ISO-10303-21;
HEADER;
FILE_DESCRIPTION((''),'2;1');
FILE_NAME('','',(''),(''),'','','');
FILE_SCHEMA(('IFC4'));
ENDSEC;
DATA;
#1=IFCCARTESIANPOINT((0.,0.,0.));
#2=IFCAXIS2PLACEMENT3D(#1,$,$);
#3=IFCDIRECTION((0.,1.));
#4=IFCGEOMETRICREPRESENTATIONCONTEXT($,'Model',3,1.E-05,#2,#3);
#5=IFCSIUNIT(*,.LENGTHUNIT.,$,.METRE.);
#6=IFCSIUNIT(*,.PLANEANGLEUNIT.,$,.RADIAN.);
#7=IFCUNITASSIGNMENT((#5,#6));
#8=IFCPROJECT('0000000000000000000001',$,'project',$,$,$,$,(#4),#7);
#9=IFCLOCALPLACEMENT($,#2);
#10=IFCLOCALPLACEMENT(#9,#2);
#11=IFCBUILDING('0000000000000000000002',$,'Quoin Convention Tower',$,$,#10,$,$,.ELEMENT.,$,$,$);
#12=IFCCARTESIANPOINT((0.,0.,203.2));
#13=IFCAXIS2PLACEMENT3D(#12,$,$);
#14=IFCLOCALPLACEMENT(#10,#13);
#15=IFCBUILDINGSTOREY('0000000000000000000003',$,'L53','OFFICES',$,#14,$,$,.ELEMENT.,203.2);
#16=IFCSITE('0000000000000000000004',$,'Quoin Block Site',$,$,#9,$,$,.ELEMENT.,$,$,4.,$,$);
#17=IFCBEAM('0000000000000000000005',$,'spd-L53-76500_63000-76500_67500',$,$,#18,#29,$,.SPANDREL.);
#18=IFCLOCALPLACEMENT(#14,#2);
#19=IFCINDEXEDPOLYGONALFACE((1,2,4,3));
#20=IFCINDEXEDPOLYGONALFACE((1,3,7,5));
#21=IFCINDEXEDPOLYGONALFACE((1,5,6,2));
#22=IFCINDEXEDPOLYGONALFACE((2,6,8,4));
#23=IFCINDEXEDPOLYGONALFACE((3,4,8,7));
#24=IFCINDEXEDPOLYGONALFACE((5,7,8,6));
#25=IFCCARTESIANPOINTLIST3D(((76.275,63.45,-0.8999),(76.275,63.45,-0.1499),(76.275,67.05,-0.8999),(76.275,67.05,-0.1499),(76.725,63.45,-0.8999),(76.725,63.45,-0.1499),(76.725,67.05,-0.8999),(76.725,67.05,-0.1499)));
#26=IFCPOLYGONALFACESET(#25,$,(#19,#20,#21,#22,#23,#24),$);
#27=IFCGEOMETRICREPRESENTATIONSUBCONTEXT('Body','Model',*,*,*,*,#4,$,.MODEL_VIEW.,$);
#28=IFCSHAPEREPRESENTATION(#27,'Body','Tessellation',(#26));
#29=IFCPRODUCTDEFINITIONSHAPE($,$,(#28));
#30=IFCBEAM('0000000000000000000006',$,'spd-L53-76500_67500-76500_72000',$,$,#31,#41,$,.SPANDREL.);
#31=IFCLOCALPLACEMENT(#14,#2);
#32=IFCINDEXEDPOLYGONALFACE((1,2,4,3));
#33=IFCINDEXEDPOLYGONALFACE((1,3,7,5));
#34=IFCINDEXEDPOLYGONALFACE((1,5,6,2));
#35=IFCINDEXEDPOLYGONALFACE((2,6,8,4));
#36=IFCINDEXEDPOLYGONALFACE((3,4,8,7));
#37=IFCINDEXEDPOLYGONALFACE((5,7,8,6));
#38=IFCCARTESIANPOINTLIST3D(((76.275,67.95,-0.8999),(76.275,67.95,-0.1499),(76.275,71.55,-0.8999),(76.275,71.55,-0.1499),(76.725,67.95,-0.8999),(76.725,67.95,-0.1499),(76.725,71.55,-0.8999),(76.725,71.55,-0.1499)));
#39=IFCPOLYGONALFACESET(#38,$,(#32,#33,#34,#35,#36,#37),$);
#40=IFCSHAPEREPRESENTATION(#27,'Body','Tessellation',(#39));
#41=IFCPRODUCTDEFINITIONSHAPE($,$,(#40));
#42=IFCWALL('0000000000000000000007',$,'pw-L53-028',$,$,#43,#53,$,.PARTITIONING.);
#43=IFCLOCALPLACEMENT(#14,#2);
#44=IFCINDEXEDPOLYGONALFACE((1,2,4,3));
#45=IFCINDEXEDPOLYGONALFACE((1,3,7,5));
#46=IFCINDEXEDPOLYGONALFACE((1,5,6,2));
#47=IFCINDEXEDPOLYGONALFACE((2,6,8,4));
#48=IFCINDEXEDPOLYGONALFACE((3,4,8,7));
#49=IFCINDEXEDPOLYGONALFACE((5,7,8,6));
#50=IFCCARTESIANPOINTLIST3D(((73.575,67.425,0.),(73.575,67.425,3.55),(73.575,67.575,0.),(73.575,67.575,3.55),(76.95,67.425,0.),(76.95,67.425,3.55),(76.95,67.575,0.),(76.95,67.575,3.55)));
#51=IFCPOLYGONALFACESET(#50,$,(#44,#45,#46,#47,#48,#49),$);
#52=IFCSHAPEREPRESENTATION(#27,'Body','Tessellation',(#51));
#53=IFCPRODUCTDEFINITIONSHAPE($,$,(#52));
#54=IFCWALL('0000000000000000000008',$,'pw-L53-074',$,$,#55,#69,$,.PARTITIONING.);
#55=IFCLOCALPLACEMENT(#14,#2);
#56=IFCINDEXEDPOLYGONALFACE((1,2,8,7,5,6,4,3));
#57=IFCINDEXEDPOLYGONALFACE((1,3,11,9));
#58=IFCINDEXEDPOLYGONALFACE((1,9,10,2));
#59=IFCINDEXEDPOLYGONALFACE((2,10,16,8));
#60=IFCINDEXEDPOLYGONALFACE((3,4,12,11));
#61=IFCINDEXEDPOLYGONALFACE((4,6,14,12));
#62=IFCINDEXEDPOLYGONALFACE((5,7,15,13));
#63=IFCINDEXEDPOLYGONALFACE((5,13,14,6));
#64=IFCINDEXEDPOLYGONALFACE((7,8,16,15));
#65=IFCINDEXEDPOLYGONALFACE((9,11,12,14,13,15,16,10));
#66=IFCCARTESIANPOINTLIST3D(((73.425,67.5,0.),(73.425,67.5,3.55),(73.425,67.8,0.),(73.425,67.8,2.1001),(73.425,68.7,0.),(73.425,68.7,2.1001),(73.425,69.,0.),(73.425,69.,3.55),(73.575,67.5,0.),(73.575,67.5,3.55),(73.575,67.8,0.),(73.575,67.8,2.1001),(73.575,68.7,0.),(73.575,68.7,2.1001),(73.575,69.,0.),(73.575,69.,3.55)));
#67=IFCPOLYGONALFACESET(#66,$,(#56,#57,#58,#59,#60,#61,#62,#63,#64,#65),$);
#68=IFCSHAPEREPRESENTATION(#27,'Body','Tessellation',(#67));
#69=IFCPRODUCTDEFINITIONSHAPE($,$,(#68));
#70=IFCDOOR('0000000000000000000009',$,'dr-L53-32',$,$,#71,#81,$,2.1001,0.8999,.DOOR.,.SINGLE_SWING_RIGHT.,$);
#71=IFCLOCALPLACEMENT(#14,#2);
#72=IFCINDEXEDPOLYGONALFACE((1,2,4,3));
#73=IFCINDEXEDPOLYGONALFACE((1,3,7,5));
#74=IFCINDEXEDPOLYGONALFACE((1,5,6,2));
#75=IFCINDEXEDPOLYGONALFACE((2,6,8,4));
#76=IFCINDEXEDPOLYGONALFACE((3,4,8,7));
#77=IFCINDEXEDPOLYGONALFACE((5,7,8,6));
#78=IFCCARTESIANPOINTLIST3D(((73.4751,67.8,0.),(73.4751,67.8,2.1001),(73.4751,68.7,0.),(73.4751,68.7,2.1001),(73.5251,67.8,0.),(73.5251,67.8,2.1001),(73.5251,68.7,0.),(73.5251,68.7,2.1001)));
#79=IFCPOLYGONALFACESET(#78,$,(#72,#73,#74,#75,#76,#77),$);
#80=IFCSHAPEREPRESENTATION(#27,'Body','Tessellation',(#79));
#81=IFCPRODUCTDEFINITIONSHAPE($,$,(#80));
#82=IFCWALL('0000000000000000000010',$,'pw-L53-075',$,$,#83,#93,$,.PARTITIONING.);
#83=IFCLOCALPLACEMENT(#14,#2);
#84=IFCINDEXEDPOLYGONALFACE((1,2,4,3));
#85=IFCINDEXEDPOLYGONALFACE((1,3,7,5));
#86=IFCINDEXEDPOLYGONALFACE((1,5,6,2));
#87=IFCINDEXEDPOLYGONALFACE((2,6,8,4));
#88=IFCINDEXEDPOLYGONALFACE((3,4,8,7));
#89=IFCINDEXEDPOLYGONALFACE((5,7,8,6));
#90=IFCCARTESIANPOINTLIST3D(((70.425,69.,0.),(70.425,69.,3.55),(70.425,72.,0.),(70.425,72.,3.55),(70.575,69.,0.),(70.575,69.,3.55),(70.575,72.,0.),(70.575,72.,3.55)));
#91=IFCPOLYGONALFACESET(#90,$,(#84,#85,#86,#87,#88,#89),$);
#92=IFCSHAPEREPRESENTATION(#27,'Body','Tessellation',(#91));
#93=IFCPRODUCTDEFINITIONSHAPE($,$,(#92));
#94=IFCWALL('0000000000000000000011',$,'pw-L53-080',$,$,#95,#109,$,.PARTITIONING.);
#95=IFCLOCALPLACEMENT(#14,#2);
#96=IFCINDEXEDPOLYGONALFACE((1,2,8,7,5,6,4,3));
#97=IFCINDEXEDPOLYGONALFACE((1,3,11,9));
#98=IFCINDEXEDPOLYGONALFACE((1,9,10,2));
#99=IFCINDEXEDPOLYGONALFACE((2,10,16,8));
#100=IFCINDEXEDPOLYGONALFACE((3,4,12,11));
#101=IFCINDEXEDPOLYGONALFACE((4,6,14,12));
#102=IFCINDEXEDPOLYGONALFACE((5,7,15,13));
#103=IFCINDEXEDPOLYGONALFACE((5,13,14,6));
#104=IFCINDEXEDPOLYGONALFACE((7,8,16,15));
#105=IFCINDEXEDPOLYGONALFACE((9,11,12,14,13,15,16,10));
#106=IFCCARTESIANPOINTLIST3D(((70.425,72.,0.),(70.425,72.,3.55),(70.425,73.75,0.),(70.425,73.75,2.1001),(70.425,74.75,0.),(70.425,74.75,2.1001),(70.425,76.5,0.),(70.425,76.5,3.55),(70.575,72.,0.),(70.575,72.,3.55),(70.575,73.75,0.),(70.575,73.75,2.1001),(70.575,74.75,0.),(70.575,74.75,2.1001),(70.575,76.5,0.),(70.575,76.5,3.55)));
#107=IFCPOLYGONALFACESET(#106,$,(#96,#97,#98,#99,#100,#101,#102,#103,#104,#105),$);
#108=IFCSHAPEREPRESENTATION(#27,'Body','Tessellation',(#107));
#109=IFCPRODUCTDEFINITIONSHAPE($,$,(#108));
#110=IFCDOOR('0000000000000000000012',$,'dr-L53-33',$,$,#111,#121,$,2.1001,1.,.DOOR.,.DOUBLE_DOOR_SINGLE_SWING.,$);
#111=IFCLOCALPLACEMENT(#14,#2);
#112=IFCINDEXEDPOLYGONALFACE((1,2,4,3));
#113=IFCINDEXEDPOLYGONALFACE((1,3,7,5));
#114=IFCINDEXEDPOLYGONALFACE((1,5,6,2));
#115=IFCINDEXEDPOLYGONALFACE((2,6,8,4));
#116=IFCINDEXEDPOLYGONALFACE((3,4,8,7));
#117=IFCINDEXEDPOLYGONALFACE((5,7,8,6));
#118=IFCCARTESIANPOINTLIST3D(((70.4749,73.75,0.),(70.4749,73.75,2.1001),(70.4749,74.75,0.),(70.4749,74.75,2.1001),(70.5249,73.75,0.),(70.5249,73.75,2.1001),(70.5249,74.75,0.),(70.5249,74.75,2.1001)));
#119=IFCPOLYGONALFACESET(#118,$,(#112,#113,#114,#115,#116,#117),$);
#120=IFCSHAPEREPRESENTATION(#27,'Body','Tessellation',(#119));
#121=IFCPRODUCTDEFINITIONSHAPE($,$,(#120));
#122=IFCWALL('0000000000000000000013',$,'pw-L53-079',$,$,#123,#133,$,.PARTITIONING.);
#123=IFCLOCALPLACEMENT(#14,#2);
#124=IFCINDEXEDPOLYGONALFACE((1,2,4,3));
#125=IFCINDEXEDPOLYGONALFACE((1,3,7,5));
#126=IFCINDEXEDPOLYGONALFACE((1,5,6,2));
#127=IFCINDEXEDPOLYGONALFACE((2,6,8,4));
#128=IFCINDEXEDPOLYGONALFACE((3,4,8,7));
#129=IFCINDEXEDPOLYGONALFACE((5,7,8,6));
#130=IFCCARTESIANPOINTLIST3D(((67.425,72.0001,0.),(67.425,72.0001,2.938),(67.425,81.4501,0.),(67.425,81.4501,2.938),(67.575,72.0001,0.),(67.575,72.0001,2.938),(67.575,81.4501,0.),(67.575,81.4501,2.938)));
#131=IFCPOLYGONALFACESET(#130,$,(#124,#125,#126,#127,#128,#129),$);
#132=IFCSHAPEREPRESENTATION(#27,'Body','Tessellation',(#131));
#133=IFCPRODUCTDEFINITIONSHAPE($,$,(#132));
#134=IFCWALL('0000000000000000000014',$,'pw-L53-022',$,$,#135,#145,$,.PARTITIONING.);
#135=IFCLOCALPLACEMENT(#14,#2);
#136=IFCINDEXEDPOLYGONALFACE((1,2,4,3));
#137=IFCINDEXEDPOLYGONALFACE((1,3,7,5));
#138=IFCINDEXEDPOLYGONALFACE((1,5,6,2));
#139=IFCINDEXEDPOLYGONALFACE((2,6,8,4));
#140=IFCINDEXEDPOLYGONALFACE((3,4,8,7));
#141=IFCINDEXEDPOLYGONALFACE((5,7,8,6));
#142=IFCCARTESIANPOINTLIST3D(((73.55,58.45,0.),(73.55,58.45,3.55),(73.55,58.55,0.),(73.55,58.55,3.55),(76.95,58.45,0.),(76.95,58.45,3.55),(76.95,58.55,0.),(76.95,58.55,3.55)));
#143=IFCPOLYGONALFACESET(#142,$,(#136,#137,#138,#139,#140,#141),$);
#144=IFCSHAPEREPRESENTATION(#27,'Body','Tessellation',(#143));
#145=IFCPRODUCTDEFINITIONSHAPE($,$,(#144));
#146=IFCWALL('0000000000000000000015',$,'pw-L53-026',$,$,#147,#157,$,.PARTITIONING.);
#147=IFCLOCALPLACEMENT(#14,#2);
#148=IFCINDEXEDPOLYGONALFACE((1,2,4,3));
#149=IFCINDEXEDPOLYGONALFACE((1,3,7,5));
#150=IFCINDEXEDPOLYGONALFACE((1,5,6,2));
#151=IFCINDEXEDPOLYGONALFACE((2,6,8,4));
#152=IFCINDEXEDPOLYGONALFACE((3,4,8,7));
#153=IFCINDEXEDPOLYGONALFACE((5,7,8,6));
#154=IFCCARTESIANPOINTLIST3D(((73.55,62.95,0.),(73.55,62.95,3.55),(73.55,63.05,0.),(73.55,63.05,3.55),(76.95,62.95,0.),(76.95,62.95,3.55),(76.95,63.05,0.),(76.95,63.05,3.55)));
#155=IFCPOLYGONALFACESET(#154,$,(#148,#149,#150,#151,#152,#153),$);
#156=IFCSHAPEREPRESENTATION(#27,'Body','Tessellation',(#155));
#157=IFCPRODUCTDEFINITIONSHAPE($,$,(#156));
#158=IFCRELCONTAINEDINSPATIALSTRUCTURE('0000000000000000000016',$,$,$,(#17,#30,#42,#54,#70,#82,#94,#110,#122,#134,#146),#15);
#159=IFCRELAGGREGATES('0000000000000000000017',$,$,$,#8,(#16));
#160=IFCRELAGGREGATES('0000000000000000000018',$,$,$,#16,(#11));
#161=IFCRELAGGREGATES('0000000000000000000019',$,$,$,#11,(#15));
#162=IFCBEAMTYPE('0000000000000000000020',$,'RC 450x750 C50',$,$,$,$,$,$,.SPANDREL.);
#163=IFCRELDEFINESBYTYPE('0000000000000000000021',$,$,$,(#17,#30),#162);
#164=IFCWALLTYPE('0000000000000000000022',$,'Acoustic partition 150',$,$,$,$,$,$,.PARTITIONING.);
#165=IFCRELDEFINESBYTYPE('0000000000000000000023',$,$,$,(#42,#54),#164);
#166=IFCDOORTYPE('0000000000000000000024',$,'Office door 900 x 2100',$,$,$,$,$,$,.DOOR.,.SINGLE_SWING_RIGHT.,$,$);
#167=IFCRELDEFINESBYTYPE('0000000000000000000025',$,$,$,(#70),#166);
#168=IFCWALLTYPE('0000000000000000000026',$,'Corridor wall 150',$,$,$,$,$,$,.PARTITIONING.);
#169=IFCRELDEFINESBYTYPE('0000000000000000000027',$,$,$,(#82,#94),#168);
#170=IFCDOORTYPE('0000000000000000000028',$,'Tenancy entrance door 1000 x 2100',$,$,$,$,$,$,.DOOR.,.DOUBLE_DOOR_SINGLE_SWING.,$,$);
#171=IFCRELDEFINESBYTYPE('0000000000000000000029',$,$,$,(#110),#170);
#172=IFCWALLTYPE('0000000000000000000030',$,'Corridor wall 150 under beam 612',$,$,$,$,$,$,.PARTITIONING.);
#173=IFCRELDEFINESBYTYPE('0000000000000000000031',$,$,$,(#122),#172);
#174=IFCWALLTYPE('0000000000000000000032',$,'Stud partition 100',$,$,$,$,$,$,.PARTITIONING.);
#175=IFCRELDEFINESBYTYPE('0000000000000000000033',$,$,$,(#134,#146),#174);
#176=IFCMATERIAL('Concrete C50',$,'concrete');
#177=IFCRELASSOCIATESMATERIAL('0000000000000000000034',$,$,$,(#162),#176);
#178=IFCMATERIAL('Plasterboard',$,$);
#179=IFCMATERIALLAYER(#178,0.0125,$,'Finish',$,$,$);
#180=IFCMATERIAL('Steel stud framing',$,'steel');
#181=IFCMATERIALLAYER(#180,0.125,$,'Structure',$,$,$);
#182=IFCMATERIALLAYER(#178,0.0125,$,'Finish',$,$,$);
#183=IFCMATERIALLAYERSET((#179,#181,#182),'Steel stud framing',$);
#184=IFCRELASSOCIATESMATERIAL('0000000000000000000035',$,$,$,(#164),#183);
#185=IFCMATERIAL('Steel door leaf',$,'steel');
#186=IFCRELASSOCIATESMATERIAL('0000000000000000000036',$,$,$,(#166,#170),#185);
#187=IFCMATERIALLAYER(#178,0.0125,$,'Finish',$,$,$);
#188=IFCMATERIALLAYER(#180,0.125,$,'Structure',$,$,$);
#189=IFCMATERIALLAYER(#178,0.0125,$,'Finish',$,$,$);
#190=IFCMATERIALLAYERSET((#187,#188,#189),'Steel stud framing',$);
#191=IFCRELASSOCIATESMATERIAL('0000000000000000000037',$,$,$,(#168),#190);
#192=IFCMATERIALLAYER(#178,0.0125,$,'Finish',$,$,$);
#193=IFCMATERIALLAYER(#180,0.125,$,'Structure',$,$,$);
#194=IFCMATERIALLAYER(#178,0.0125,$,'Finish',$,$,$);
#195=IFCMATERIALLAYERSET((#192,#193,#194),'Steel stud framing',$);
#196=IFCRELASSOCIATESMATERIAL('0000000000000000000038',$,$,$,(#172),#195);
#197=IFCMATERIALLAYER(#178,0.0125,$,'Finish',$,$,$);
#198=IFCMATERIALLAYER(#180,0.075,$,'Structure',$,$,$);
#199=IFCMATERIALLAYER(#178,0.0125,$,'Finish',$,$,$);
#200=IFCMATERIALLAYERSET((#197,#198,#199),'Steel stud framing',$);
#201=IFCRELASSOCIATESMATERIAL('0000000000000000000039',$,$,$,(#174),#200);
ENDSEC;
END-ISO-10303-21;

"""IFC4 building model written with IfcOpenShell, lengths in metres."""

from ifc_helpers import new_model, si_unit, direction, frame, frame_2d, origin, origin_2d, place, context, subcontext, project, spatial, rectangle, extrude, material, layer, layer_set, material_profile, profile_set, type_object, element, fill, save


model = new_model("IFC4")

# Units and contexts
model_context = context("Model", 3, precision=1e-05, world=origin(), true_north=direction((0.0, 1.0)))
body_context = subcontext(model_context, "Body", "Model", "MODEL_VIEW")
ifc_project = project(units=[si_unit("LENGTHUNIT", "METRE"), si_unit("PLANEANGLEUNIT", "RADIAN")], contexts=[model_context])

# Site, building, storey
site_placement = place(None, origin())
site = spatial("IfcSite", under=ifc_project, at=site_placement, Name="Quoin Block Site", CompositionType="ELEMENT", RefElevation=4.0)
building_placement = place(site_placement, origin())
building = spatial("IfcBuilding", under=site, at=building_placement, Name="Quoin Convention Tower", CompositionType="ELEMENT")
storey_placement = place(building_placement, frame((0.0, 0.0, 203.2)))
storey = spatial("IfcBuildingStorey", under=building, at=storey_placement, Name="L53", Description="OFFICES", CompositionType="ELEMENT", Elevation=203.2)

# Shared definitions
ifc_material_1 = material(Name="Concrete C50", Category="concrete")

# Beams
ifc_material_profile_1 = material_profile(ifc_material_1, rectangle(XDim=0.45, YDim=0.75, at=origin_2d()), Name="RC 450x750")
ifc_profile_set_1 = profile_set([ifc_material_profile_1], Name="Concrete C50")
beam_type_1 = type_object("IfcBeamType", Name="RC 450x750 C50", PredefinedType="SPANDREL", material=ifc_profile_set_1)
for number, where, z_axis, x_axis, name in (
    (1, (76.5, 63.45, -0.5249), (0.0, 1.0, 0.0), (-1.0, 0.0, 0.0), "spd-L53-76500_63000-76500_67500"),
    (2, (76.5, 67.95, -0.5249), (0.0, 1.0, 0.0), (-1.0, 0.0, 0.0), "spd-L53-76500_67500-76500_72000"),
):
    element("IfcBeam", number, at=place(storey_placement, frame(where, z_axis=z_axis, x_axis=x_axis)), inside=storey, type_object=beam_type_1, Name=name, PredefinedType="SPANDREL", context=body_context, shape_type="SweptSolid", body=[
        extrude(rectangle(XDim=0.45, YDim=0.75, at=origin_2d()), origin(), (0.0, 0.0, 1.0), 3.6001),
    ])

# Wall
ifc_material_2 = material(Name="Plasterboard")
ifc_layer_1 = layer(ifc_material_2, 0.0125, Name="Finish")
ifc_material_3 = material(Name="Steel stud framing", Category="steel")
ifc_layer_2 = layer(ifc_material_3, 0.125, Name="Structure")
ifc_layer_3 = layer(ifc_material_2, 0.0125, Name="Finish")
ifc_layer_set_1 = layer_set([ifc_layer_1, ifc_layer_2, ifc_layer_3], Name="Steel stud framing")
wall_type_1 = type_object("IfcWallType", Name="Acoustic partition 150", PredefinedType="PARTITIONING", material=ifc_layer_set_1)
wall_1_placement = place(storey_placement, frame((73.575, 67.5, 0.0), z_axis=(0.0, 0.0, 1.0), x_axis=(1.0, 0.0, 0.0)))
element("IfcWall", 3, at=wall_1_placement, inside=storey, type_object=wall_type_1, Name="pw-L53-028", PredefinedType="PARTITIONING", context=body_context, shape_type="SweptSolid", body=[
    extrude(rectangle(XDim=3.375, YDim=0.1499, at=frame_2d((1.6875, 0.0))), origin(), (0.0, 0.0, 1.0), 3.55),
])

# Wall, opening, door
wall_2_placement = place(storey_placement, frame((73.5, 67.5, 0.0), z_axis=(0.0, 0.0, 1.0), x_axis=(0.0, 1.0, 0.0)))
wall_2 = element("IfcWall", 4, at=wall_2_placement, inside=storey, type_object=wall_type_1, Name="pw-L53-074", PredefinedType="PARTITIONING", context=body_context, shape_type="SweptSolid", body=[
    extrude(rectangle(XDim=1.5, YDim=0.1499, at=frame_2d((0.75, 0.0))), origin(), (0.0, 0.0, 1.0), 3.55),
])
opening_1_placement = place(wall_2_placement, frame((0.3, 0.0, 0.0)))
opening_1 = element("IfcOpeningElement", 5, at=opening_1_placement, cuts=wall_2, PredefinedType="OPENING", context=body_context, shape_type="SweptSolid", body=[
    extrude(rectangle(XDim=0.8999, YDim=2.1001, at=frame_2d((0.45, 1.05))), frame((0.0, 0.085, 0.0), z_axis=(0.0, -1.0, 0.0), x_axis=(1.0, 0.0, 0.0)), (0.0, 0.0, 1.0), 0.1699),
])
ifc_material_4 = material(Name="Steel door leaf", Category="steel")
door_type_1 = type_object("IfcDoorType", Name="Office door 900 x 2100", OperationType="SINGLE_SWING_RIGHT", PredefinedType="DOOR", material=ifc_material_4)
door_1_placement = place(opening_1_placement, origin())
door_1 = element("IfcDoor", 6, at=door_1_placement, inside=storey, type_object=door_type_1, Name="dr-L53-32", OperationType="SINGLE_SWING_RIGHT", OverallHeight=2.1001, OverallWidth=0.8999, PredefinedType="DOOR", context=body_context, shape_type="SweptSolid", body=[
    extrude(rectangle(XDim=0.8999, YDim=2.1001, at=frame_2d((0.45, 1.05))), frame((0.0, 0.0249, 0.0), z_axis=(0.0, -1.0, 0.0), x_axis=(1.0, 0.0, 0.0)), (0.0, 0.0, 1.0), 0.05),
])
fill(opening_1, door_1)

# Wall
ifc_layer_4 = layer(ifc_material_2, 0.0125, Name="Finish")
ifc_layer_5 = layer(ifc_material_3, 0.125, Name="Structure")
ifc_layer_6 = layer(ifc_material_2, 0.0125, Name="Finish")
ifc_layer_set_2 = layer_set([ifc_layer_4, ifc_layer_5, ifc_layer_6], Name="Steel stud framing")
wall_type_2 = type_object("IfcWallType", Name="Corridor wall 150", PredefinedType="PARTITIONING", material=ifc_layer_set_2)
wall_3_placement = place(storey_placement, frame((70.5, 69.0, 0.0), z_axis=(0.0, 0.0, 1.0), x_axis=(0.0, 1.0, 0.0)))
element("IfcWall", 7, at=wall_3_placement, inside=storey, type_object=wall_type_2, Name="pw-L53-075", PredefinedType="PARTITIONING", context=body_context, shape_type="SweptSolid", body=[
    extrude(rectangle(XDim=3.0, YDim=0.1499, at=frame_2d((1.5, 0.0))), origin(), (0.0, 0.0, 1.0), 3.55),
])

# Wall, opening, door
wall_4_placement = place(storey_placement, frame((70.5, 72.0, 0.0), z_axis=(0.0, 0.0, 1.0), x_axis=(0.0, 1.0, 0.0)))
wall_4 = element("IfcWall", 8, at=wall_4_placement, inside=storey, type_object=wall_type_2, Name="pw-L53-080", PredefinedType="PARTITIONING", context=body_context, shape_type="SweptSolid", body=[
    extrude(rectangle(XDim=4.5, YDim=0.1499, at=frame_2d((2.25, 0.0))), origin(), (0.0, 0.0, 1.0), 3.55),
])
opening_2_placement = place(wall_4_placement, frame((1.75, 0.0, 0.0)))
opening_2 = element("IfcOpeningElement", 9, at=opening_2_placement, cuts=wall_4, PredefinedType="OPENING", context=body_context, shape_type="SweptSolid", body=[
    extrude(rectangle(XDim=1.0, YDim=2.1001, at=frame_2d((0.5, 1.05))), frame((0.0, 0.085, 0.0), z_axis=(0.0, -1.0, 0.0), x_axis=(1.0, 0.0, 0.0)), (0.0, 0.0, 1.0), 0.1699),
])
door_type_2 = type_object("IfcDoorType", Name="Tenancy entrance door 1000 x 2100", OperationType="DOUBLE_DOOR_SINGLE_SWING", PredefinedType="DOOR", material=ifc_material_4)
door_2_placement = place(opening_2_placement, frame((1.0, 0.0, 0.0), z_axis=(0.0, 0.0, 1.0), x_axis=(-1.0, 0.0, 0.0)))
door_2 = element("IfcDoor", 10, at=door_2_placement, inside=storey, type_object=door_type_2, Name="dr-L53-33", OperationType="DOUBLE_DOOR_SINGLE_SWING", OverallHeight=2.1001, OverallWidth=1.0, PredefinedType="DOOR", context=body_context, shape_type="SweptSolid", body=[
    extrude(rectangle(XDim=1.0, YDim=2.1001, at=frame_2d((0.5, 1.05))), frame((0.0, 0.0249, 0.0), z_axis=(0.0, -1.0, 0.0), x_axis=(1.0, 0.0, 0.0)), (0.0, 0.0, 1.0), 0.05),
])
fill(opening_2, door_2)

# Walls
ifc_layer_7 = layer(ifc_material_2, 0.0125, Name="Finish")
ifc_layer_8 = layer(ifc_material_3, 0.125, Name="Structure")
ifc_layer_9 = layer(ifc_material_2, 0.0125, Name="Finish")
ifc_layer_set_3 = layer_set([ifc_layer_7, ifc_layer_8, ifc_layer_9], Name="Steel stud framing")
wall_type_3 = type_object("IfcWallType", Name="Corridor wall 150 under beam 612", PredefinedType="PARTITIONING", material=ifc_layer_set_3)
wall_5_placement = place(storey_placement, frame((67.5, 72.0, 0.0), z_axis=(0.0, 0.0, 1.0), x_axis=(0.0, 1.0, 0.0)))
element("IfcWall", 11, at=wall_5_placement, inside=storey, type_object=wall_type_3, Name="pw-L53-079", PredefinedType="PARTITIONING", context=body_context, shape_type="SweptSolid", body=[
    extrude(rectangle(XDim=9.45, YDim=0.1499, at=frame_2d((4.7251, 0.0))), origin(), (0.0, 0.0, 1.0), 2.938),
])
ifc_layer_10 = layer(ifc_material_2, 0.0125, Name="Finish")
ifc_layer_11 = layer(ifc_material_3, 0.075, Name="Structure")
ifc_layer_12 = layer(ifc_material_2, 0.0125, Name="Finish")
ifc_layer_set_4 = layer_set([ifc_layer_10, ifc_layer_11, ifc_layer_12], Name="Steel stud framing")
wall_type_4 = type_object("IfcWallType", Name="Stud partition 100", PredefinedType="PARTITIONING", material=ifc_layer_set_4)
for number, where, z_axis, x_axis, name in (
    (12, (73.55, 58.5, 0.0), (0.0, 0.0, 1.0), (1.0, 0.0, 0.0), "pw-L53-022"),
    (13, (73.55, 63.0, 0.0), (0.0, 0.0, 1.0), (1.0, 0.0, 0.0), "pw-L53-026"),
):
    element("IfcWall", number, at=place(storey_placement, frame(where, z_axis=z_axis, x_axis=x_axis)), inside=storey, type_object=wall_type_4, Name=name, PredefinedType="PARTITIONING", context=body_context, shape_type="SweptSolid", body=[
        extrude(rectangle(XDim=3.3999, YDim=0.1001, at=frame_2d((1.7, 0.0))), origin(), (0.0, 0.0, 1.0), 3.55),
    ])

save(model, "model.ifc")
